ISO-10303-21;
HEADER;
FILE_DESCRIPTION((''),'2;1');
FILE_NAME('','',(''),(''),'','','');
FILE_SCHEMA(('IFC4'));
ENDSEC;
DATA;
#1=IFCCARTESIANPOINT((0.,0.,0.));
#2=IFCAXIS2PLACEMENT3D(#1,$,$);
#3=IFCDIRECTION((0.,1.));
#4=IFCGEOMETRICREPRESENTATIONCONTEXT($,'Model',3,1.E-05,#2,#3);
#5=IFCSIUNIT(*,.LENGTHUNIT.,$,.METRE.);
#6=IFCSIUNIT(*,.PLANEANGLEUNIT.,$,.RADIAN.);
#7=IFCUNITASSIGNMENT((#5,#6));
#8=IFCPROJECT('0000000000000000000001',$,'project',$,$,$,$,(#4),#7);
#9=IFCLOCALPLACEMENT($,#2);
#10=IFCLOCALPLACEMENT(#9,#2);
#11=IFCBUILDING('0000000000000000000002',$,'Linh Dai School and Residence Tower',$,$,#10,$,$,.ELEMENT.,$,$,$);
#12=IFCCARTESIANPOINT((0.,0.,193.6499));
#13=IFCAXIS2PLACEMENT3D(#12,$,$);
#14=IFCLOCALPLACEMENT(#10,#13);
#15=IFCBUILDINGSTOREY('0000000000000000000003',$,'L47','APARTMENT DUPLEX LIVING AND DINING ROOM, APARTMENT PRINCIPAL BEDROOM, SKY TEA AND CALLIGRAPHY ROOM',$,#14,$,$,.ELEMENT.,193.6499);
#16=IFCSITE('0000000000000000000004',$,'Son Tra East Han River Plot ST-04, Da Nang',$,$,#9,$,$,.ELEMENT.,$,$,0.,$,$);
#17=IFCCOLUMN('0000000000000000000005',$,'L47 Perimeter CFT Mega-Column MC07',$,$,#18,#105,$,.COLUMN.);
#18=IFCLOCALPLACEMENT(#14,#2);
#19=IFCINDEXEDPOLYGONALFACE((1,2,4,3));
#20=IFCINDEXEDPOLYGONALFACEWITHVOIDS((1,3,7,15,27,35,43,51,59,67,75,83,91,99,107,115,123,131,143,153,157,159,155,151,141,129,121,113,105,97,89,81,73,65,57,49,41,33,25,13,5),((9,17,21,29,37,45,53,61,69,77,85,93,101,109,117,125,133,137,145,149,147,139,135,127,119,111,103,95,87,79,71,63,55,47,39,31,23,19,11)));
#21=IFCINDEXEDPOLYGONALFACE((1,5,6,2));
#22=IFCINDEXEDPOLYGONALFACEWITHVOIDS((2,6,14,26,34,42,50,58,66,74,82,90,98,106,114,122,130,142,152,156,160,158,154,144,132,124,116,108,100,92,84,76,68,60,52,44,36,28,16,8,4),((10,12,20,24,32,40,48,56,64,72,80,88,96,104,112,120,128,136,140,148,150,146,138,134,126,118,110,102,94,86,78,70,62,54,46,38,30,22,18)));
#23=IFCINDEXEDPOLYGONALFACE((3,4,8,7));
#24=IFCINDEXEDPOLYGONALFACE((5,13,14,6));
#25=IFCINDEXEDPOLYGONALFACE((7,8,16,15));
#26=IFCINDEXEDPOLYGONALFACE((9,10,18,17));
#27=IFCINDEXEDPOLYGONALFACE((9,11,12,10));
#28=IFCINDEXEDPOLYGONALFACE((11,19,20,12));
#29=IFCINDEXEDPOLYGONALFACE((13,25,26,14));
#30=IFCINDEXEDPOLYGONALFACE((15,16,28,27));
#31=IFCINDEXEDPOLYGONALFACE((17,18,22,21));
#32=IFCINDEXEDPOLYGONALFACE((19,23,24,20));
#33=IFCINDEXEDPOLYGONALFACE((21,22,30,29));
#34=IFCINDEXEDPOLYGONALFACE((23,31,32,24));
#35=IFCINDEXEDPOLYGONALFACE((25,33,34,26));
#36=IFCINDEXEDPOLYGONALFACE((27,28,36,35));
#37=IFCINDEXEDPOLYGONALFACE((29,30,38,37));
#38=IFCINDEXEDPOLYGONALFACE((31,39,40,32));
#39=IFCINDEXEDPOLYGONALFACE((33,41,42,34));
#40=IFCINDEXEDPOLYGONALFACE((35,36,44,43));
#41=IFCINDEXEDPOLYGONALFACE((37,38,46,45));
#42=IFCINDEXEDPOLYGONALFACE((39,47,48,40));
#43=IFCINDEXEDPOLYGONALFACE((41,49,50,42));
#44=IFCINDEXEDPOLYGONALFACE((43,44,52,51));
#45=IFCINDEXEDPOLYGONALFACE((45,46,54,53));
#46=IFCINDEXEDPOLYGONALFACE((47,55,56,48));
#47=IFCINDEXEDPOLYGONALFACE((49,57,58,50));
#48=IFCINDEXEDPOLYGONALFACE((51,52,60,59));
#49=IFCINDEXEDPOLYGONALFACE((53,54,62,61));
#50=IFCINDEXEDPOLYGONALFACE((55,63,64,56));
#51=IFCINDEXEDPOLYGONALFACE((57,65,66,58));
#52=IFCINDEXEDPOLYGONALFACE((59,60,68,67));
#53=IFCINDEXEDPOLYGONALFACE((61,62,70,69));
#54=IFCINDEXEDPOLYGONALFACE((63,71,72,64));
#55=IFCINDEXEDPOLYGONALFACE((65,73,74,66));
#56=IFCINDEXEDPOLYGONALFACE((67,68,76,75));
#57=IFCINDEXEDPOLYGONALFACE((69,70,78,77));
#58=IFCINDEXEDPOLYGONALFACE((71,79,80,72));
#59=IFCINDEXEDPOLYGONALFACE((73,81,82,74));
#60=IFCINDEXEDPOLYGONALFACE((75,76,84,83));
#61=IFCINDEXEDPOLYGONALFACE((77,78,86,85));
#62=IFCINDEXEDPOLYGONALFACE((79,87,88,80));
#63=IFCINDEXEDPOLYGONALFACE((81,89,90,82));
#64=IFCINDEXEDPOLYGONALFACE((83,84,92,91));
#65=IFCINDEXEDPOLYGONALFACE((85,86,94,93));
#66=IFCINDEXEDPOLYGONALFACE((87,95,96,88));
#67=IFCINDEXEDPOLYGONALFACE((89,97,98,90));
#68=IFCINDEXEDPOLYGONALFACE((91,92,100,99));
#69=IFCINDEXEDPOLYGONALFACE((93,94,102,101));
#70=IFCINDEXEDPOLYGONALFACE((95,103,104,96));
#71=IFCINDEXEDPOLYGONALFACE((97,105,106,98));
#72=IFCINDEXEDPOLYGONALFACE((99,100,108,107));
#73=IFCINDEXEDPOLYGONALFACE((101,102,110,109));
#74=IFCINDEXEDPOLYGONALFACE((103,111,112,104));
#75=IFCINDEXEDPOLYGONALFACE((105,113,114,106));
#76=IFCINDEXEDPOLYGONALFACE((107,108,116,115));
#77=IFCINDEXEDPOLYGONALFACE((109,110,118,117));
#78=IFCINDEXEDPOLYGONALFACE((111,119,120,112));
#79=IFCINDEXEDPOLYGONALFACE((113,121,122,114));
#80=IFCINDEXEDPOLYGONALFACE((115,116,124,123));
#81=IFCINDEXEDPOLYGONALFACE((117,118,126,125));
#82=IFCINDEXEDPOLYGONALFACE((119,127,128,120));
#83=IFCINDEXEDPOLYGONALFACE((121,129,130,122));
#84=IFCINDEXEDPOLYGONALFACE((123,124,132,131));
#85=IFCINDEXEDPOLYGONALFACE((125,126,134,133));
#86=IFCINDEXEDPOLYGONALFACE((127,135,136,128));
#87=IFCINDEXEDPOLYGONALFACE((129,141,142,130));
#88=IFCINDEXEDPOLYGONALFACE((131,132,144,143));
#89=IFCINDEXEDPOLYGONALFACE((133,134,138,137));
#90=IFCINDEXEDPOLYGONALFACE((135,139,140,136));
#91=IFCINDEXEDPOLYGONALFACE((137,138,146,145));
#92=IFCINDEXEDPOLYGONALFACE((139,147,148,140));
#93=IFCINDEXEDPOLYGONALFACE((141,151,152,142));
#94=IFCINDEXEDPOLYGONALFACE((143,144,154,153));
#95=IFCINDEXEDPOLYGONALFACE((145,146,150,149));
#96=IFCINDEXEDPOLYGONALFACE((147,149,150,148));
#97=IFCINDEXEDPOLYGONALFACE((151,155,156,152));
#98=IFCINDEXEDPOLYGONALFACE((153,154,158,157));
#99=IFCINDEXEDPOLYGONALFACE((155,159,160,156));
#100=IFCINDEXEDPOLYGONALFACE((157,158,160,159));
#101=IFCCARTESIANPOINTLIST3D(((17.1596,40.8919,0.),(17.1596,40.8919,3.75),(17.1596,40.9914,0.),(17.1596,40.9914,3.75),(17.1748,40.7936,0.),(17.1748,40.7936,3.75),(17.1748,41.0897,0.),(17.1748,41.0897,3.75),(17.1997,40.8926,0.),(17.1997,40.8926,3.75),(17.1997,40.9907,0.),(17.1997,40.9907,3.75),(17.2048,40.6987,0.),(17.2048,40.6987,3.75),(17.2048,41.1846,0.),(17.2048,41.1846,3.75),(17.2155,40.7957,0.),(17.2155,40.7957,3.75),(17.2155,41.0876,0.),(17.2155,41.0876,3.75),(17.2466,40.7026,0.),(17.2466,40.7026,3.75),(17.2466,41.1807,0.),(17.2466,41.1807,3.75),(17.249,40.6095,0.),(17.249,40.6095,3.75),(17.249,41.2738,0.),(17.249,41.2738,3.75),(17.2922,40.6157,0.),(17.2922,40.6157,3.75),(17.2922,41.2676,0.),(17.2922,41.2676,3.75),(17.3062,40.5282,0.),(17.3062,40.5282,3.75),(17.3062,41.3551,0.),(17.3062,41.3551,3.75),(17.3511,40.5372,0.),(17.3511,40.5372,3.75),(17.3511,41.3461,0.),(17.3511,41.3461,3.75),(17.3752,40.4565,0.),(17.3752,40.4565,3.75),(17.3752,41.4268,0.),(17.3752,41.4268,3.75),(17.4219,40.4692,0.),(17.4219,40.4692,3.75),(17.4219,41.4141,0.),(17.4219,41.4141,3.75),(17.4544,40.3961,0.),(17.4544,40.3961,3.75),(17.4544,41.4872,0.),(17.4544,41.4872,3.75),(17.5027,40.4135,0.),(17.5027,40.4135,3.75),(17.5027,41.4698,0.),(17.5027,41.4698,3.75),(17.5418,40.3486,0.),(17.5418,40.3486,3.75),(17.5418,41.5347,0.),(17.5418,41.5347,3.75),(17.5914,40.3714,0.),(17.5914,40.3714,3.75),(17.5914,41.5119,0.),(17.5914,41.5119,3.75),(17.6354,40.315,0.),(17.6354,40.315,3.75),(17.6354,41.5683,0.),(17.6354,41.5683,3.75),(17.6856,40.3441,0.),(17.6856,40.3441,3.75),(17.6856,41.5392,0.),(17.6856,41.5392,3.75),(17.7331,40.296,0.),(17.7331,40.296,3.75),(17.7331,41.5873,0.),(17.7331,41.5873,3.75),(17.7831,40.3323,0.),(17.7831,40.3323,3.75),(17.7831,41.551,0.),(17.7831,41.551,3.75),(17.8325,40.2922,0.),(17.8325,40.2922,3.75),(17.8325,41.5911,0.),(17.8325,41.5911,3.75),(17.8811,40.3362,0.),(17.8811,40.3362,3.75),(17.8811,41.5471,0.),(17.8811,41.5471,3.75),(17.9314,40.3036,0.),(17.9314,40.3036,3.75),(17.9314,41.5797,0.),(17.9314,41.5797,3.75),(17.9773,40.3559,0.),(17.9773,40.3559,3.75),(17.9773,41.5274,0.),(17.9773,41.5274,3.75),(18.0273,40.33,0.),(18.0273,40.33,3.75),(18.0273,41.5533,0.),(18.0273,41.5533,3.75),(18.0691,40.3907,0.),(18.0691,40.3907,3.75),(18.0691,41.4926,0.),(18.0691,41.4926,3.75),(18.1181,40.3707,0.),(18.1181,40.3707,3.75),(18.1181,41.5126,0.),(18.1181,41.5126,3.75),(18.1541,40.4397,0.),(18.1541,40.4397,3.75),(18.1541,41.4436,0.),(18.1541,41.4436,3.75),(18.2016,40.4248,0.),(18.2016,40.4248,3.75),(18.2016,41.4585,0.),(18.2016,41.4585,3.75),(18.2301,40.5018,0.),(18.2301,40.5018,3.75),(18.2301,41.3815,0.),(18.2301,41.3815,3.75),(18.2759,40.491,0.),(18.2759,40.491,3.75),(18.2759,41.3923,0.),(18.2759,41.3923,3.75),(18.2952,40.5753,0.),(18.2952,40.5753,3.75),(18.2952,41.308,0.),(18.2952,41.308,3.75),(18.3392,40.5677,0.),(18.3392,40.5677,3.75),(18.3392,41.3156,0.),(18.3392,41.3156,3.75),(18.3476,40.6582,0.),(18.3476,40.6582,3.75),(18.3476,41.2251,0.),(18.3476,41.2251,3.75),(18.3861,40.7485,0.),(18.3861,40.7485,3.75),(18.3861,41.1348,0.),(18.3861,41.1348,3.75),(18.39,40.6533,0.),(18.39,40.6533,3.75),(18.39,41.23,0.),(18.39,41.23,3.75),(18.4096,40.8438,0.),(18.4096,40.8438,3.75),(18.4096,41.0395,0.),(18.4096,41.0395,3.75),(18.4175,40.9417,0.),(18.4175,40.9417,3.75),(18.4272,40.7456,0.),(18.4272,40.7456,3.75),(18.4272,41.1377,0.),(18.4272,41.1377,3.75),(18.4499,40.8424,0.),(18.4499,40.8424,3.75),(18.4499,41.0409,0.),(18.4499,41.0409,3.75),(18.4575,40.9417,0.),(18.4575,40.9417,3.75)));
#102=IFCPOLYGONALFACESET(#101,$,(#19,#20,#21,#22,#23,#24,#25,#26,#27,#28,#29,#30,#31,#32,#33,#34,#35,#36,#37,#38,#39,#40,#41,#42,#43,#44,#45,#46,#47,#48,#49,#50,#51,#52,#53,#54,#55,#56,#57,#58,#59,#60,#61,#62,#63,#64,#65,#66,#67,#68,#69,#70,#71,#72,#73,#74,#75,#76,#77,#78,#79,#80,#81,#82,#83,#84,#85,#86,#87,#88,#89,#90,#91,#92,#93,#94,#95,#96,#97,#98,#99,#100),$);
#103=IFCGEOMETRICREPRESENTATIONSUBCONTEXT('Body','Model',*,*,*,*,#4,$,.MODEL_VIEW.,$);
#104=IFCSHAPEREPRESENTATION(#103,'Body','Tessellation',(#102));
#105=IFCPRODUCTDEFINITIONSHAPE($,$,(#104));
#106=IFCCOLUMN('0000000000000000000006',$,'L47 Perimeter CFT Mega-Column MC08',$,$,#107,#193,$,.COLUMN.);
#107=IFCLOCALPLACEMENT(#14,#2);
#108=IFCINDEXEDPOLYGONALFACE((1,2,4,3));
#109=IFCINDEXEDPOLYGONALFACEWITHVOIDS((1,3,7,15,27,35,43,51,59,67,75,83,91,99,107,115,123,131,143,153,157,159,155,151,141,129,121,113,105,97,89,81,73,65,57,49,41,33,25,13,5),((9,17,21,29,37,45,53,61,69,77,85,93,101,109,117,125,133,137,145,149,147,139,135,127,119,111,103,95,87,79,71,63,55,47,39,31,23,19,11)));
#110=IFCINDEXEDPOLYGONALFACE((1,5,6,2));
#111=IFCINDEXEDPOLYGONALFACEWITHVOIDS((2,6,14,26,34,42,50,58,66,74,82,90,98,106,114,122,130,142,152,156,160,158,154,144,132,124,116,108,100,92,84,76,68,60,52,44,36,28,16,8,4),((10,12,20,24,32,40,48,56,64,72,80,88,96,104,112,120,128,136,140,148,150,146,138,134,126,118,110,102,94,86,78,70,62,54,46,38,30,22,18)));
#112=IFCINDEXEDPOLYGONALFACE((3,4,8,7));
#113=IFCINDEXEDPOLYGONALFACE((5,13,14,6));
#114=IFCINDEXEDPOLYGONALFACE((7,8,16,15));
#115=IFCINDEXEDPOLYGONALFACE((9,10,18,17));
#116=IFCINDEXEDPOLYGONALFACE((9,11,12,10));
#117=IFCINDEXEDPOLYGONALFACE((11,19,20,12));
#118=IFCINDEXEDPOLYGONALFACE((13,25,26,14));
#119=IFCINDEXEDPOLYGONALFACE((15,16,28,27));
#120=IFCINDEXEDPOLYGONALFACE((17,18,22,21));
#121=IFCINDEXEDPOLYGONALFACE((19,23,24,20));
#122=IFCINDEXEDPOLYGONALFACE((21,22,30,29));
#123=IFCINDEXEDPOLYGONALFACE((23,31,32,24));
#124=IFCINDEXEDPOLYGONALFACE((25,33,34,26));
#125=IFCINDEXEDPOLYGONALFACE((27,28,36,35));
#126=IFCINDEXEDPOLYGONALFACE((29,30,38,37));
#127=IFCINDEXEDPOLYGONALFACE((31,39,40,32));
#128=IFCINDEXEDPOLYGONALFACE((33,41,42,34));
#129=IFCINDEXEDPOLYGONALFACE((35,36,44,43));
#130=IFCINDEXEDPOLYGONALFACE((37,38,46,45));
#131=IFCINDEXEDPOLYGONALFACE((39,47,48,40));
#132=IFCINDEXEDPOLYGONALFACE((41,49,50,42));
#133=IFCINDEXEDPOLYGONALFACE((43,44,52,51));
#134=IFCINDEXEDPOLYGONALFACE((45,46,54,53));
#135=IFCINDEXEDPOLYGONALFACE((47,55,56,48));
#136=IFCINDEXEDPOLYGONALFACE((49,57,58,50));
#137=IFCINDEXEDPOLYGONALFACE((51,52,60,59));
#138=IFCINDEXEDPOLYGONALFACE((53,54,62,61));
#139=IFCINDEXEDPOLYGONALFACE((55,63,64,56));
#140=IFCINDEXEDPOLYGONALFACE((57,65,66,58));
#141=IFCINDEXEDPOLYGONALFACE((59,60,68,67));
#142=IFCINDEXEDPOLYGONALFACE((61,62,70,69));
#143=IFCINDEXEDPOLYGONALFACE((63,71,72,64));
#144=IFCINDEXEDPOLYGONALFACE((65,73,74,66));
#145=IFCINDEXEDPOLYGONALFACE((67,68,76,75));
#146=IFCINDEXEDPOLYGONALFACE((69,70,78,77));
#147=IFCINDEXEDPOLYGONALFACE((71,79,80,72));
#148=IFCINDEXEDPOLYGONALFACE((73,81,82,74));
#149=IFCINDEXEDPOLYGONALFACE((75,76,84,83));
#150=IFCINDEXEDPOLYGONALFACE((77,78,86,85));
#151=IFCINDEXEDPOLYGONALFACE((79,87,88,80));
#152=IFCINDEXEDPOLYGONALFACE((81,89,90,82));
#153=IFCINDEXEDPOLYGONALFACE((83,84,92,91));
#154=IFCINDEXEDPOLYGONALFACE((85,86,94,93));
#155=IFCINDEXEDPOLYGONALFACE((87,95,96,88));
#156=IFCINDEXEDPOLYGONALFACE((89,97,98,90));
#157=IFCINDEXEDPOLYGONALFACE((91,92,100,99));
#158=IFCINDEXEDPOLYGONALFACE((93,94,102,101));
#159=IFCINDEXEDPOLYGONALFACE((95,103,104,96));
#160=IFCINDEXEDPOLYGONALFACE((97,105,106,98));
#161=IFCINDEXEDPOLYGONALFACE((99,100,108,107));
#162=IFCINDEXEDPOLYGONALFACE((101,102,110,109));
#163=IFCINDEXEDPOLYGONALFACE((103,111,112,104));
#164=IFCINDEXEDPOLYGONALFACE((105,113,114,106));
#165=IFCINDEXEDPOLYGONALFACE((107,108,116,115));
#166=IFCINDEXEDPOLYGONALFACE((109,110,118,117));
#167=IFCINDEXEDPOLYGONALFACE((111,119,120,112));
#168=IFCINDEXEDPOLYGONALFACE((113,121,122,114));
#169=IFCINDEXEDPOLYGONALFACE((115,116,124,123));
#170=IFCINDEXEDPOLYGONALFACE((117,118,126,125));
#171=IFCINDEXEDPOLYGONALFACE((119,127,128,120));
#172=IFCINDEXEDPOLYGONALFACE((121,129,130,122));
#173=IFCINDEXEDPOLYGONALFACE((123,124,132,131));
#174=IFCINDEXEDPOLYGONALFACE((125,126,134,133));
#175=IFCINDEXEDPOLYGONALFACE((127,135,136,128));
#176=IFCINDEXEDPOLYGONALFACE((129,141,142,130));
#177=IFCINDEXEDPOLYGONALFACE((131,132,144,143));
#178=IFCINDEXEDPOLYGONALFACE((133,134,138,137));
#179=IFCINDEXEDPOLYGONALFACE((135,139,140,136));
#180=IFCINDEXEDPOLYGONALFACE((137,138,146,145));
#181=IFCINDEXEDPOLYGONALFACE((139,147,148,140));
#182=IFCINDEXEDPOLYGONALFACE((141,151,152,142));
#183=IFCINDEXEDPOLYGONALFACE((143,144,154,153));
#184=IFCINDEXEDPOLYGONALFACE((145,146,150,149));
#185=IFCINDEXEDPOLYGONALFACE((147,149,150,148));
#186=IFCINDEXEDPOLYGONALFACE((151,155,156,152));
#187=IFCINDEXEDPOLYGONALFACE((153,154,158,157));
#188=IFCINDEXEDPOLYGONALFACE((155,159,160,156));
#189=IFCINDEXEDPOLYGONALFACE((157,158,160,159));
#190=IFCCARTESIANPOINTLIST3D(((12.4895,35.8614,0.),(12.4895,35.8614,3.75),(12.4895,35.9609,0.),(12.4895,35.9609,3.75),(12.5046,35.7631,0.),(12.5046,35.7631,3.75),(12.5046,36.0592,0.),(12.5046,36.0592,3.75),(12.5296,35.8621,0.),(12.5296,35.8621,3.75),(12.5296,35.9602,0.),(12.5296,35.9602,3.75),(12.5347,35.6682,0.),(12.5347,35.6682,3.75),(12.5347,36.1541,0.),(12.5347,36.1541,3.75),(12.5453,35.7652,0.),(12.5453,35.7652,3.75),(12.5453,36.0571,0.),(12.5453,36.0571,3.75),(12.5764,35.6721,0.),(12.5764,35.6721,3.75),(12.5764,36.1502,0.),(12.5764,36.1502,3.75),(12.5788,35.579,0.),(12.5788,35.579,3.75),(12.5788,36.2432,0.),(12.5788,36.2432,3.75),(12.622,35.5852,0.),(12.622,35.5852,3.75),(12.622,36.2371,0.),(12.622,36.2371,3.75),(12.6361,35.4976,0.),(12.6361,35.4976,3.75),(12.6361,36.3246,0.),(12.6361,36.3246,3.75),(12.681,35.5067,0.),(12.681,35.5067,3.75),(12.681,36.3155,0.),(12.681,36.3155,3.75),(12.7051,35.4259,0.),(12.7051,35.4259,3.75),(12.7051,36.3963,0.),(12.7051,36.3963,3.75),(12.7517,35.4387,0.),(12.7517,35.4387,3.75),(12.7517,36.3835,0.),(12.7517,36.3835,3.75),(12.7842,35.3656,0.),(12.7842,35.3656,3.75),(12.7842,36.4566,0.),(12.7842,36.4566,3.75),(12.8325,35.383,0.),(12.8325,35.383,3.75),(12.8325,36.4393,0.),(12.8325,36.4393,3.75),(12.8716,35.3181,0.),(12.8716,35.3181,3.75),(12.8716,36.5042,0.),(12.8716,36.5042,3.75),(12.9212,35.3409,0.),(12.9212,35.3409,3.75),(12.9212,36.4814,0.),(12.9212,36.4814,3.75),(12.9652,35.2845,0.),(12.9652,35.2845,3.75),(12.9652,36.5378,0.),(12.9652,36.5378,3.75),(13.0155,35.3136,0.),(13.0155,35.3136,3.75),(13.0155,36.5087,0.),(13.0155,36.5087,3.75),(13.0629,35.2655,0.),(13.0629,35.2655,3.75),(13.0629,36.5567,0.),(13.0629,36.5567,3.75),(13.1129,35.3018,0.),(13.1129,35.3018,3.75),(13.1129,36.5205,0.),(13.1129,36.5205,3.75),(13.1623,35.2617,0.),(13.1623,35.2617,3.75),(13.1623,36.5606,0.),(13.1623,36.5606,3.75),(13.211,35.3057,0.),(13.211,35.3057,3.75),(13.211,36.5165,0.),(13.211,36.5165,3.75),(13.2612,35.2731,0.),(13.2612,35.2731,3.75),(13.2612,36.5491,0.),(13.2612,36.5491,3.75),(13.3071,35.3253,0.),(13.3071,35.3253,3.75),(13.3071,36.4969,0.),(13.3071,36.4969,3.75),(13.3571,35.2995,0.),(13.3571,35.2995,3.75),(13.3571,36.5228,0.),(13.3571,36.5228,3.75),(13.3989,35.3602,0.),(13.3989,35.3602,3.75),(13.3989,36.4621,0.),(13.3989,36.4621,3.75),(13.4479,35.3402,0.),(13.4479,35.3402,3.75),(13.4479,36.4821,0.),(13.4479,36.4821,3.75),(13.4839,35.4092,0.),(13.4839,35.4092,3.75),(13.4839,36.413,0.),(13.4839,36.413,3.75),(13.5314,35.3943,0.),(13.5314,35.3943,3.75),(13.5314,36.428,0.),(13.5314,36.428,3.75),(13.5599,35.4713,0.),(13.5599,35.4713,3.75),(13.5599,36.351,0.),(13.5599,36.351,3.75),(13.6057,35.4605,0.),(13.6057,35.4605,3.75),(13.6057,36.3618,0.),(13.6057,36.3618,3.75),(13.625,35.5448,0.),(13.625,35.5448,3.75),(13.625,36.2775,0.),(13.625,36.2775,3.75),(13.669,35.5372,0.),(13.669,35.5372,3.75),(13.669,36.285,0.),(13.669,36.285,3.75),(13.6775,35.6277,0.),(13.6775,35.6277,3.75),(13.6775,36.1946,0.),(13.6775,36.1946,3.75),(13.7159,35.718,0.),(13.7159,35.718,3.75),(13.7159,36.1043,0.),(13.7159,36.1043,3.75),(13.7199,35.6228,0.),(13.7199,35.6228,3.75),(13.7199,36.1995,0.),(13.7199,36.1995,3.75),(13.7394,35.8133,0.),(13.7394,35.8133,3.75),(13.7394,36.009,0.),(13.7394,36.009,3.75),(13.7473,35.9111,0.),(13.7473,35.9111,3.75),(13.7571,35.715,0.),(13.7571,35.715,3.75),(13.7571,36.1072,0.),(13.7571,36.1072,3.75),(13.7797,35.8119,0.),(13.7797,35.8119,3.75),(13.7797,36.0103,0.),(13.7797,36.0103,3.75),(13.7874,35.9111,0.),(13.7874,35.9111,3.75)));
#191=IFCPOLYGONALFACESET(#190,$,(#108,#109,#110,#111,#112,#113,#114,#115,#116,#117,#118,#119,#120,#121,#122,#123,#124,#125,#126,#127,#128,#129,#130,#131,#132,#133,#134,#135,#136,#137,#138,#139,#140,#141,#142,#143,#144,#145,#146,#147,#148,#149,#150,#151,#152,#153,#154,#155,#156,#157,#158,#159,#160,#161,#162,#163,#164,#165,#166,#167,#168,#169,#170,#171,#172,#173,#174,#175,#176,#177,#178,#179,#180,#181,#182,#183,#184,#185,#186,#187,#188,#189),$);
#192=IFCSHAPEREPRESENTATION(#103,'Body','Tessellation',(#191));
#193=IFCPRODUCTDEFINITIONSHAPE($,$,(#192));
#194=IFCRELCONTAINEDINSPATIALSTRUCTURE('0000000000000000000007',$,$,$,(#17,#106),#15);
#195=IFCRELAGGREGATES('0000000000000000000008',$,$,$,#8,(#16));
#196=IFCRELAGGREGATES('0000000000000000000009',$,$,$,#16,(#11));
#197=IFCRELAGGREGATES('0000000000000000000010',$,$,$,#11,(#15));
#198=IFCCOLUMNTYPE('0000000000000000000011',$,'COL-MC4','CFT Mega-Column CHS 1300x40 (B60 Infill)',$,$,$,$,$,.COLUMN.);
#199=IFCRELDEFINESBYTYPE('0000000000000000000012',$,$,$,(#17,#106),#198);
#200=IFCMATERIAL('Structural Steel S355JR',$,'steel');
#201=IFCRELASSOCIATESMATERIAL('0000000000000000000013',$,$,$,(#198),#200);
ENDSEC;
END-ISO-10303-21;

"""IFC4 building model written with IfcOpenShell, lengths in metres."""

from ifc_helpers import new_model, si_unit, direction, frame, origin, origin_2d, place, context, subcontext, project, spatial, hollow_circle, extrude, material, material_profile, profile_set, type_object, element, save


model = new_model("IFC4")

# Units and contexts
model_context = context("Model", 3, precision=1e-05, world=origin(), true_north=direction((0.0, 1.0)))
body_context = subcontext(model_context, "Body", "Model", "MODEL_VIEW")
ifc_project = project(units=[si_unit("LENGTHUNIT", "METRE"), si_unit("PLANEANGLEUNIT", "RADIAN")], contexts=[model_context])

# Site, building, storey
site_placement = place(None, origin())
site = spatial("IfcSite", under=ifc_project, at=site_placement, Name="Son Tra East Han River Plot ST-04, Da Nang", CompositionType="ELEMENT", RefElevation=0.0)
building_placement = place(site_placement, origin())
building = spatial("IfcBuilding", under=site, at=building_placement, Name="Linh Dai School and Residence Tower", CompositionType="ELEMENT")
storey_placement = place(building_placement, frame((0.0, 0.0, 193.6499)))
storey = spatial("IfcBuildingStorey", under=building, at=storey_placement, Name="L47", Description="APARTMENT DUPLEX LIVING AND DINING ROOM, APARTMENT PRINCIPAL BEDROOM, SKY TEA AND CALLIGRAPHY ROOM", CompositionType="ELEMENT", Elevation=193.6499)

# Columns
ifc_material_1 = material(Name="Structural Steel S355JR", Category="steel")
ifc_material_profile_1 = material_profile(ifc_material_1, hollow_circle(Radius=0.6499, WallThickness=0.04, at=origin_2d()), Name="CHS 1300x40")
ifc_profile_set_1 = profile_set([ifc_material_profile_1], Name="Structural Steel S355JR")
column_type = type_object("IfcColumnType", Name="COL-MC4", Description="CFT Mega-Column CHS 1300x40 (B60 Infill)", PredefinedType="COLUMN", material=ifc_profile_set_1)
for number, where, z_axis, x_axis, name in (
    (1, (17.8076, 40.9417, 0.0), (0.0, 0.0, 1.0), (1.0, 0.0, 0.0), "L47 Perimeter CFT Mega-Column MC07"),
    (2, (13.1375, 35.9111, 0.0), (0.0, 0.0, 1.0), (1.0, 0.0, 0.0), "L47 Perimeter CFT Mega-Column MC08"),
):
    element("IfcColumn", number, at=place(storey_placement, frame(where, z_axis=z_axis, x_axis=x_axis)), inside=storey, type_object=column_type, Name=name, PredefinedType="COLUMN", context=body_context, shape_type="SweptSolid", body=[
        extrude(hollow_circle(Radius=0.6499, WallThickness=0.04, at=origin_2d()), origin(), (0.0, 0.0, 1.0), 3.75),
    ])

save(model, "model.ifc")
